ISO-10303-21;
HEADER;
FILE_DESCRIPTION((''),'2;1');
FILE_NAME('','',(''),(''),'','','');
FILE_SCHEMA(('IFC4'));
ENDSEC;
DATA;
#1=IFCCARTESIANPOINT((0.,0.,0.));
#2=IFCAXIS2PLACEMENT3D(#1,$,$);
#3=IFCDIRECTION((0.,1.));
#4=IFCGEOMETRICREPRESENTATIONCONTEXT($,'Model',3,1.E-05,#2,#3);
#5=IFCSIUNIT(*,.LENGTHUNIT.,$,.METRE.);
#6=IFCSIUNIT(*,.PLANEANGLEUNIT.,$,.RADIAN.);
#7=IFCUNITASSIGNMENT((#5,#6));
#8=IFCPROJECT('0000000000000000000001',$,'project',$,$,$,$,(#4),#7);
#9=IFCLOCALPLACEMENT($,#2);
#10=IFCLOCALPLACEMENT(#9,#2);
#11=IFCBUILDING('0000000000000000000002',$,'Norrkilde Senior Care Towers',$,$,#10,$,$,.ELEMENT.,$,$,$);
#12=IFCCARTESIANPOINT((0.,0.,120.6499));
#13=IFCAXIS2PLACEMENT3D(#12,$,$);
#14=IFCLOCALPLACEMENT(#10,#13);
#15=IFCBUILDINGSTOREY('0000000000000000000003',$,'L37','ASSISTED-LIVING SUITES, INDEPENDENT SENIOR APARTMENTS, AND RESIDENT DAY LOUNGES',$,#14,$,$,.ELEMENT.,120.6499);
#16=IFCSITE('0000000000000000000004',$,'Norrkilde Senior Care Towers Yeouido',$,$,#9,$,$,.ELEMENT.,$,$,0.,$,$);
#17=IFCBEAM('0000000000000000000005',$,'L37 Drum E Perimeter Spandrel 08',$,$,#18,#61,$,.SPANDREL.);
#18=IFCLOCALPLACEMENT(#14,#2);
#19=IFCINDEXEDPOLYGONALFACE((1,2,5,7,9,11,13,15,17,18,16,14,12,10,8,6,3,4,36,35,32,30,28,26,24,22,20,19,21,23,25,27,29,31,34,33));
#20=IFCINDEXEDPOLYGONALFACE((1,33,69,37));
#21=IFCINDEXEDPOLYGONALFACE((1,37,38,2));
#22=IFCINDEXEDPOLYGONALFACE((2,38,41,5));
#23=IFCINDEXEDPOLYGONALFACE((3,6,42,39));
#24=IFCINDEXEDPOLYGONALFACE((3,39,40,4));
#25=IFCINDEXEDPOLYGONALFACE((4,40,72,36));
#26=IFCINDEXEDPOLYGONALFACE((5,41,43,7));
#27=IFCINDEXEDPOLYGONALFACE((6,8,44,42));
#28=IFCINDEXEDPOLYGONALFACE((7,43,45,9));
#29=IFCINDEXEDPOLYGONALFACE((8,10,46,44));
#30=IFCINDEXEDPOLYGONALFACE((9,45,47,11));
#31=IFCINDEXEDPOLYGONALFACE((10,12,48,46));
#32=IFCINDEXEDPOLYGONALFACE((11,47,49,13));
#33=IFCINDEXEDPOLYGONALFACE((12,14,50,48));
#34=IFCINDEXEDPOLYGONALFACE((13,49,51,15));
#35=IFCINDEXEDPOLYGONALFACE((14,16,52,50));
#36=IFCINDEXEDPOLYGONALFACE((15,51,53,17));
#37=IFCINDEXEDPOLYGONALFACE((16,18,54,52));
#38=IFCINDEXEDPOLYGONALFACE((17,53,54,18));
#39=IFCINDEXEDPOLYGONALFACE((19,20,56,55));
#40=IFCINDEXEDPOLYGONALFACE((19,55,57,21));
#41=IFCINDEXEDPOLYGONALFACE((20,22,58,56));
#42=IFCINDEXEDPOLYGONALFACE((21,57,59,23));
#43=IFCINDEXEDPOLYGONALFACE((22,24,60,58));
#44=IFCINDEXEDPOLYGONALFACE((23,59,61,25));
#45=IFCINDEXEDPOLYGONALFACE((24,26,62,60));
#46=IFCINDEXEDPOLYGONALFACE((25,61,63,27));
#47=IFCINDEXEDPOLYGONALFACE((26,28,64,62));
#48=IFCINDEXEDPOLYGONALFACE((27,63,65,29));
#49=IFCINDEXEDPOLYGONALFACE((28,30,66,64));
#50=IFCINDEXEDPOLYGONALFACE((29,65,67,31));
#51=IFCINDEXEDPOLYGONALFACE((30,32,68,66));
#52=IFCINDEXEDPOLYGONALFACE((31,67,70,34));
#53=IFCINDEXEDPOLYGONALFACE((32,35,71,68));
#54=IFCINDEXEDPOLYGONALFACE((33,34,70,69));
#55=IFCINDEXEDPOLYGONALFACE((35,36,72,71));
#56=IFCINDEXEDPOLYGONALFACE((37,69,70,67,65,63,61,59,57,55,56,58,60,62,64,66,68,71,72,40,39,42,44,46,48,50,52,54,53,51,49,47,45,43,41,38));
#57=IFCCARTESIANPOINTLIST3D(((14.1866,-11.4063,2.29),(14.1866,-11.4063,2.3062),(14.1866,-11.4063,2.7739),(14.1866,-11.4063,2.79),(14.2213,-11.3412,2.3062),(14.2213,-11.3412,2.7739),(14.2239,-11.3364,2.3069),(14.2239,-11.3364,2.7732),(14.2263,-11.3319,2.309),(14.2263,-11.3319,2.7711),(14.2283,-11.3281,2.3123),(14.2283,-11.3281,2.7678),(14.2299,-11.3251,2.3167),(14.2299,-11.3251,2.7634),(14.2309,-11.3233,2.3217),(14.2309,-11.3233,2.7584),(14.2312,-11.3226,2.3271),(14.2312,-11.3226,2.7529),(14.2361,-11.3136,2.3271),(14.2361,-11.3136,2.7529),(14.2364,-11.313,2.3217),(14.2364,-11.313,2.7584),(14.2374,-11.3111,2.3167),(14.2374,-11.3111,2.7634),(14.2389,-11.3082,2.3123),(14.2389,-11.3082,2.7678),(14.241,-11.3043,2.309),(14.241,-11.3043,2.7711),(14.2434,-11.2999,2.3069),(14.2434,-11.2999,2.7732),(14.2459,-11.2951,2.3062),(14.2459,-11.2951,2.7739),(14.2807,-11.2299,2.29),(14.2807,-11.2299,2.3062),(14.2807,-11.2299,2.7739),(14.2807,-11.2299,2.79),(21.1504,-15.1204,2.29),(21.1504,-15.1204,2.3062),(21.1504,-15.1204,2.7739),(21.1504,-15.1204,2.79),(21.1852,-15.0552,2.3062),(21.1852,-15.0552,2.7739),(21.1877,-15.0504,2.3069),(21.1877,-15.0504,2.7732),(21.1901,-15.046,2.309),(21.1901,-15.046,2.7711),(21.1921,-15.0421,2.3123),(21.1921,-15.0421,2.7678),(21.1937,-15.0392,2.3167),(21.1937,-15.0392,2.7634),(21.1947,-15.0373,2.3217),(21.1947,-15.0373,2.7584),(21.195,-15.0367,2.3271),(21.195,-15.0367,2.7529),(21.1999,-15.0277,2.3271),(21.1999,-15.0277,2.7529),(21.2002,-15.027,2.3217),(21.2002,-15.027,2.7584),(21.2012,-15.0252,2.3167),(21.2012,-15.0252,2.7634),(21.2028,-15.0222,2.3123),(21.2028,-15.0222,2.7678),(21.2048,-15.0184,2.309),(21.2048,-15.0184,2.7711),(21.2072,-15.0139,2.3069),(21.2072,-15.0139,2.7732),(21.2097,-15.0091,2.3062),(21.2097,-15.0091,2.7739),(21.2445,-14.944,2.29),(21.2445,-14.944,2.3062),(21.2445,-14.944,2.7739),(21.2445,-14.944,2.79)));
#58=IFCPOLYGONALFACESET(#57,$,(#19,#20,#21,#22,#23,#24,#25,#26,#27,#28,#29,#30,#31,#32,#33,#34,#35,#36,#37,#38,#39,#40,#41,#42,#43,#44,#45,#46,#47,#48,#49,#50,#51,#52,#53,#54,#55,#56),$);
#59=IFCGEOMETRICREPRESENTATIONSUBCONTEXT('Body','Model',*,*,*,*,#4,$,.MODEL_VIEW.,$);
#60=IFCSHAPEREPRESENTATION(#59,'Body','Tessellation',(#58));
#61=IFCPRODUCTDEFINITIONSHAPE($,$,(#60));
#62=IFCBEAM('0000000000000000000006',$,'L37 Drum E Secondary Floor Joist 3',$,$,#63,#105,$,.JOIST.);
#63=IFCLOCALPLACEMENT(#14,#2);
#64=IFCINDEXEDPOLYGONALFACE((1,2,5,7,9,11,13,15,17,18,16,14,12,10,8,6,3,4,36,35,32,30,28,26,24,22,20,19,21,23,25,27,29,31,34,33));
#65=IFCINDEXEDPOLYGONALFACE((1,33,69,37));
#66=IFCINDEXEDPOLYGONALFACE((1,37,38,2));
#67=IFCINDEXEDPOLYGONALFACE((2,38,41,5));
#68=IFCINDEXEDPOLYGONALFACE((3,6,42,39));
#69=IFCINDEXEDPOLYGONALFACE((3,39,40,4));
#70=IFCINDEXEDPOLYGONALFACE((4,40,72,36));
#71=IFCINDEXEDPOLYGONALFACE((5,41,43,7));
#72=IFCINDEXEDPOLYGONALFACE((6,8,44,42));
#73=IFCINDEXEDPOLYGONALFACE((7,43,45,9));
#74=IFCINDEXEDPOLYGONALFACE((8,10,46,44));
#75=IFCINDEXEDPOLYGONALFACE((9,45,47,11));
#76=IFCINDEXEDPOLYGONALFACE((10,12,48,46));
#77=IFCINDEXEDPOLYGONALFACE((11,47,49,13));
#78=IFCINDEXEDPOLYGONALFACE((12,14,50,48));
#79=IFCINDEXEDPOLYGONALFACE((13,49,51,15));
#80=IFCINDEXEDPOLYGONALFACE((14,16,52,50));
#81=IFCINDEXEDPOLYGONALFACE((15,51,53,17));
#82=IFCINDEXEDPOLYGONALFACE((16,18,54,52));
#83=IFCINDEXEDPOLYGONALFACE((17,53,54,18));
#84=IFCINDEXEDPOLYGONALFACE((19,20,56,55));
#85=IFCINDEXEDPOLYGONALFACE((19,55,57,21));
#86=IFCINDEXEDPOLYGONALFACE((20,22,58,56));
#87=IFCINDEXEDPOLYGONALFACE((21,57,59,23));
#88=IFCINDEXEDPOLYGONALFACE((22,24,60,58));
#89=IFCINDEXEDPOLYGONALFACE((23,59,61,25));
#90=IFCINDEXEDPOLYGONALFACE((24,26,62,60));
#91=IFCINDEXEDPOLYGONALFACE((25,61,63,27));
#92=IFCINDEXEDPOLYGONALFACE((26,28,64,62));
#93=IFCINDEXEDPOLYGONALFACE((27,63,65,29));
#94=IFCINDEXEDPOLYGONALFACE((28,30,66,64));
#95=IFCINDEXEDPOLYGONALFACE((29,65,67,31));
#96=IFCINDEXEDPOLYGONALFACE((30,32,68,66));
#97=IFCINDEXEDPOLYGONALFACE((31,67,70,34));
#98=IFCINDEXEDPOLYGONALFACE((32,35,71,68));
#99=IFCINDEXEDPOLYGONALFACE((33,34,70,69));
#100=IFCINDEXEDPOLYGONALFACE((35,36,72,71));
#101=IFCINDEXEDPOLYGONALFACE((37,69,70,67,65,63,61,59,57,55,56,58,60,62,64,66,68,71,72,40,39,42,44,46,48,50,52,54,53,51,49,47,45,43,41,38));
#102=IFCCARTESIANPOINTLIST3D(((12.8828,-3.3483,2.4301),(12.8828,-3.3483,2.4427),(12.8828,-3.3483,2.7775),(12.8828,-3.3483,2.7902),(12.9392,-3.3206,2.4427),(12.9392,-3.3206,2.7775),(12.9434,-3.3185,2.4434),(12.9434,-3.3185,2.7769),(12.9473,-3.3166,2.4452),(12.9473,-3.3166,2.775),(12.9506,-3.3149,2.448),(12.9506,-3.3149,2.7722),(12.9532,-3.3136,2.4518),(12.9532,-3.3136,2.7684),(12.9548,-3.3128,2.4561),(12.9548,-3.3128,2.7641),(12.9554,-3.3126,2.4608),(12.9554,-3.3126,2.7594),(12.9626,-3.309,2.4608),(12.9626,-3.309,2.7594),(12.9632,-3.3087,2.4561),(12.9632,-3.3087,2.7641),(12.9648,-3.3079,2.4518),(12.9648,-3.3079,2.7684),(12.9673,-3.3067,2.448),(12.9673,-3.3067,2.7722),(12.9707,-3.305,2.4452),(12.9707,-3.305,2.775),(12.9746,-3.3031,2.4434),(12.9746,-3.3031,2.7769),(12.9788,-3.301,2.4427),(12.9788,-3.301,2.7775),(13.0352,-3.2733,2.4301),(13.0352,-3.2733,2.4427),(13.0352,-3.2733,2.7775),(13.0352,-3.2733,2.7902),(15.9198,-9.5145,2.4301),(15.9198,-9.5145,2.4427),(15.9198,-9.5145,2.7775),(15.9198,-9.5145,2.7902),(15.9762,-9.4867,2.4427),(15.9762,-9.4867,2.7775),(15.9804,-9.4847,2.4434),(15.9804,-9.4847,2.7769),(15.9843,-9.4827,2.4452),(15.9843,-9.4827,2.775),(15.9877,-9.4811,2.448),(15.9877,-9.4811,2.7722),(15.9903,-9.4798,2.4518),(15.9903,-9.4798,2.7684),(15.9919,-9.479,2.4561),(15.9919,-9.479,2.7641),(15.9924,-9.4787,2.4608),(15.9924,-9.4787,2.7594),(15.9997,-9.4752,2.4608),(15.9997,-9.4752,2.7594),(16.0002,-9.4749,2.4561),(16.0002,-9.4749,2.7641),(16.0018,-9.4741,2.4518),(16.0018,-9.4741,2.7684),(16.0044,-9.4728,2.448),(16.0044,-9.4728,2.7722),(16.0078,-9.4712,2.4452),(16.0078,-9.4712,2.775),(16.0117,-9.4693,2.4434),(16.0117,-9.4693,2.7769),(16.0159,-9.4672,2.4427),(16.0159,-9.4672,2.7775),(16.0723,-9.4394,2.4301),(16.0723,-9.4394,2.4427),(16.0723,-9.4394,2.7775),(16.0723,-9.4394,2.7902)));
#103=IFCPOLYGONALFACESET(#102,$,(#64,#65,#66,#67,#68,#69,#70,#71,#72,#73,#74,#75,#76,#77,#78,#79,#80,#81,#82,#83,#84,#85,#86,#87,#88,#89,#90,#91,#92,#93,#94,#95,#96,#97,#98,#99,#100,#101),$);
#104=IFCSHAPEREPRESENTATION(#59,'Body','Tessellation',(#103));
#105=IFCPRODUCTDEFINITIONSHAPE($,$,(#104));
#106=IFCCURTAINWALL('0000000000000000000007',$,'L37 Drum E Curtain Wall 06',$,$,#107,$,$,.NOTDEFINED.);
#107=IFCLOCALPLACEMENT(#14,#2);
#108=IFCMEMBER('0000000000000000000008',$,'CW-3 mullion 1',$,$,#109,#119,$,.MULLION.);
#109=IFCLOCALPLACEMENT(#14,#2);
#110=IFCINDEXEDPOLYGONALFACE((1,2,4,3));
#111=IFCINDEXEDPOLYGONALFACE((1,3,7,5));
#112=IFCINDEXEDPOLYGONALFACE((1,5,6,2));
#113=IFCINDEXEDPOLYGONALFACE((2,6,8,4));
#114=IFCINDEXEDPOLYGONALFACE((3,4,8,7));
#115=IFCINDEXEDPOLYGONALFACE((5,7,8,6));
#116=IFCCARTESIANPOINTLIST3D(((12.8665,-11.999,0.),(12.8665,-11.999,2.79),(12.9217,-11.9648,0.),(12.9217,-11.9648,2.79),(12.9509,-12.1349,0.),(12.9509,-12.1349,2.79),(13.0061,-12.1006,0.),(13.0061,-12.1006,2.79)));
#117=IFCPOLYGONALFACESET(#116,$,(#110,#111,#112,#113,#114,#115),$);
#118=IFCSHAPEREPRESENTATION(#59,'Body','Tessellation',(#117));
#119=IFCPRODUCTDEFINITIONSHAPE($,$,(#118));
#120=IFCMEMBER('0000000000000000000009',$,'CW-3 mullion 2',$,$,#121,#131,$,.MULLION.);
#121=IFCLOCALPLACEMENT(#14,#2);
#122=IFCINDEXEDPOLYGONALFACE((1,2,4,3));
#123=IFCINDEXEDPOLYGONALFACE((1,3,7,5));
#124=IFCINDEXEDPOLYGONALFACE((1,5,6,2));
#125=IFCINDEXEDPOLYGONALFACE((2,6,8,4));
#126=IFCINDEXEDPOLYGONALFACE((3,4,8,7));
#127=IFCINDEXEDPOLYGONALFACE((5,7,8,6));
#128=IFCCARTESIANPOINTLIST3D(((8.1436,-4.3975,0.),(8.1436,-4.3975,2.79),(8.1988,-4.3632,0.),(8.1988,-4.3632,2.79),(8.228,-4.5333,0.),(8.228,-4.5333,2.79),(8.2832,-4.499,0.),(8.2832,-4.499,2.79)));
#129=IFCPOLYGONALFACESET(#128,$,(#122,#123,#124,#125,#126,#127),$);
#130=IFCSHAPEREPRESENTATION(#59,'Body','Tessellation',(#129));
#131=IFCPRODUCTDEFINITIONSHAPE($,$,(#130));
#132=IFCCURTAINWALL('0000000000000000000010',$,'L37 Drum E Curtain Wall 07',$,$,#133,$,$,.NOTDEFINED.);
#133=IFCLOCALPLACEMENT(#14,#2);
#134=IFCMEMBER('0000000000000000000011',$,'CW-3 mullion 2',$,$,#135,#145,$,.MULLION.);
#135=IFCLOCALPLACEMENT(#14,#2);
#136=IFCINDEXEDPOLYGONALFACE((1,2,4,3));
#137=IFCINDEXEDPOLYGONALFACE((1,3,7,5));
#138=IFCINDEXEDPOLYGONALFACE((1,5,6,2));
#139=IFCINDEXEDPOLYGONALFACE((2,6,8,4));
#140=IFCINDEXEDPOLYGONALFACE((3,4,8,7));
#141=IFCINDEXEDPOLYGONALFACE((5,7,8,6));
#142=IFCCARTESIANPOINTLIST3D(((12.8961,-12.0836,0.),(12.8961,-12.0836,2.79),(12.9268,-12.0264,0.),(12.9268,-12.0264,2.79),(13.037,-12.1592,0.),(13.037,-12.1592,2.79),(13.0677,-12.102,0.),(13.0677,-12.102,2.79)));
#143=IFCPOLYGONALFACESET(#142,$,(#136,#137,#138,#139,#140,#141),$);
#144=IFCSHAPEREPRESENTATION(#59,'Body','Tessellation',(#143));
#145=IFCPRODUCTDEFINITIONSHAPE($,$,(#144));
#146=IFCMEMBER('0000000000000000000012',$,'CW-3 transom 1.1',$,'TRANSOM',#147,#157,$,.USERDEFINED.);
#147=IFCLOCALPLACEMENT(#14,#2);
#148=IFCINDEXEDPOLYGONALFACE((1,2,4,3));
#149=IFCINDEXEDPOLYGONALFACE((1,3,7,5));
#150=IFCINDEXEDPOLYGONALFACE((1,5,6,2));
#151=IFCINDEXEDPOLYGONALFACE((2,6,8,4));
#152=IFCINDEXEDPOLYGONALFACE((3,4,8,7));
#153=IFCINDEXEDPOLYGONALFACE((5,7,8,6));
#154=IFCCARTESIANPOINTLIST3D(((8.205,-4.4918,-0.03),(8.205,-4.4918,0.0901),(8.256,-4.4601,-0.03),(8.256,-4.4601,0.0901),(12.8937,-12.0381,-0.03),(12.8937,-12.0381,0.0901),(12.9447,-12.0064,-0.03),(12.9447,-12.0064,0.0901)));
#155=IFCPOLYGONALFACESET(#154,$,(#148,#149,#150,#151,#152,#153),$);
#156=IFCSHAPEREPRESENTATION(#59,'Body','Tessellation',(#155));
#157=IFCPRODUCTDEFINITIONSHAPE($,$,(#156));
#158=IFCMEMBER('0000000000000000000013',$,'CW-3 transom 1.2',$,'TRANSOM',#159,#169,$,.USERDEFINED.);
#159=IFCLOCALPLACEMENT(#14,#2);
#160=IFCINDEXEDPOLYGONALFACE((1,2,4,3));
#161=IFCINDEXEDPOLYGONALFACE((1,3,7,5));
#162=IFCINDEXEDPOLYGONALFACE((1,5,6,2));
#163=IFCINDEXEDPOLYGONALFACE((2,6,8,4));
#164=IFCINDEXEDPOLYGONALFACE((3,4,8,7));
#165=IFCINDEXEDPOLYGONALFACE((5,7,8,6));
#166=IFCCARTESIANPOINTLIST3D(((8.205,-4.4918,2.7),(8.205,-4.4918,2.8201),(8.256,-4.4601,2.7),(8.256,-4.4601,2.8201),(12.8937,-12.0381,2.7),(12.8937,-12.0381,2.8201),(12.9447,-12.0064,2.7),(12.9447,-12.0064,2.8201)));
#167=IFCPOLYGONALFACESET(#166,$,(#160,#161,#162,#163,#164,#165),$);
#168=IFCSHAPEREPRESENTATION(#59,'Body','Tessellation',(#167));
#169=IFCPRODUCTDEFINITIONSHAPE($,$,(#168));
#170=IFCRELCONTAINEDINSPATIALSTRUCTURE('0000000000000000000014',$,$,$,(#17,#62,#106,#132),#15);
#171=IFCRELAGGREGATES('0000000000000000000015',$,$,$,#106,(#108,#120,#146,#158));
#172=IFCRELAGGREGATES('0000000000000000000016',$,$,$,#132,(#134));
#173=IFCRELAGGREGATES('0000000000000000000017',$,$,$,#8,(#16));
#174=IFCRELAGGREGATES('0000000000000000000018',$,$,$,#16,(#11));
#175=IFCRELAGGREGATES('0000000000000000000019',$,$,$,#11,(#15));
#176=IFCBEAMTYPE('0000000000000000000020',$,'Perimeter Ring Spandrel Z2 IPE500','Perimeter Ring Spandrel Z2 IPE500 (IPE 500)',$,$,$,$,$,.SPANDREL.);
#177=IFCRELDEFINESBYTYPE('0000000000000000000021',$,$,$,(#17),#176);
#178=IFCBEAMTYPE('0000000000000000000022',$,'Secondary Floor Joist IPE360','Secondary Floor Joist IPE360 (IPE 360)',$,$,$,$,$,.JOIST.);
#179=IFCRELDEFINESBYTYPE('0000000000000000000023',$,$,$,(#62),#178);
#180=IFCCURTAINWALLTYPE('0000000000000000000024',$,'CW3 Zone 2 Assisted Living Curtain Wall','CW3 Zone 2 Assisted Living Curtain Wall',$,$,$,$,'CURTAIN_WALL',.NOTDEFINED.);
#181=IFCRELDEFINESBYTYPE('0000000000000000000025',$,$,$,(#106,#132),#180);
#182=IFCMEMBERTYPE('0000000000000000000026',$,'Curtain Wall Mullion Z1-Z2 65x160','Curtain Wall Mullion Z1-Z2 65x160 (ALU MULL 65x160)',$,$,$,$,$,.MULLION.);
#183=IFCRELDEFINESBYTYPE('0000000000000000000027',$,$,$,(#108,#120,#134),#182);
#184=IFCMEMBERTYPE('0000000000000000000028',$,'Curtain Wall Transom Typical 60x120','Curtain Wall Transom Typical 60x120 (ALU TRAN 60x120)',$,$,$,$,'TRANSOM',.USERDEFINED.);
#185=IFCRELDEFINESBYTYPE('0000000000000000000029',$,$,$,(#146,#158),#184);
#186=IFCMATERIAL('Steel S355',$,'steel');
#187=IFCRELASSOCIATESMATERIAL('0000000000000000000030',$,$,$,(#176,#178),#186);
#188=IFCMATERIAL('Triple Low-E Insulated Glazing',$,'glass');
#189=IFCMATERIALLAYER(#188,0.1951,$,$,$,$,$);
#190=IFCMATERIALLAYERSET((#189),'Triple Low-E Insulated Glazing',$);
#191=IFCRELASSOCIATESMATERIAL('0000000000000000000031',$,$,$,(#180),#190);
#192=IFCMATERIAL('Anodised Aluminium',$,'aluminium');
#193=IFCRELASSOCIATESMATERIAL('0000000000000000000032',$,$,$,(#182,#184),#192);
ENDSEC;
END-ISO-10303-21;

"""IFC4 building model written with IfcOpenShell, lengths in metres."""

from ifc_helpers import new_model, si_unit, direction, frame, origin, origin_2d, place, context, subcontext, project, spatial, rectangle, i_section, extrude, source, transform, mapped, material, layer, layer_set, material_profile, profile_set, type_object, type_shapes, element, aggregate, save


model = new_model("IFC4")

# Units and contexts
model_context = context("Model", 3, precision=1e-05, world=origin(), true_north=direction((0.0, 1.0)))
body_context = subcontext(model_context, "Body", "Model", "MODEL_VIEW")
ifc_project = project(units=[si_unit("LENGTHUNIT", "METRE"), si_unit("PLANEANGLEUNIT", "RADIAN")], contexts=[model_context])

# Site, building, storey
site_placement = place(None, origin())
site = spatial("IfcSite", under=ifc_project, at=site_placement, Name="Norrkilde Senior Care Towers Yeouido", CompositionType="ELEMENT", RefElevation=0.0)
building_placement = place(site_placement, origin())
building = spatial("IfcBuilding", under=site, at=building_placement, Name="Norrkilde Senior Care Towers", CompositionType="ELEMENT")
storey_placement = place(building_placement, frame((0.0, 0.0, 120.6499)))
storey = spatial("IfcBuildingStorey", under=building, at=storey_placement, Name="L37", Description="ASSISTED-LIVING SUITES, INDEPENDENT SENIOR APARTMENTS, AND RESIDENT DAY LOUNGES", CompositionType="ELEMENT", Elevation=120.6499)

# Beams
ifc_material_1 = material(Name="Steel S355", Category="steel")
ifc_material_profile_1 = material_profile(ifc_material_1, i_section(OverallWidth=0.2, OverallDepth=0.5, WebThickness=0.0103, FlangeThickness=0.0161, FilletRadius=0.021, at=origin_2d()), Name="IPE 500")
ifc_profile_set_1 = profile_set([ifc_material_profile_1], Name="Steel S355")
beam_type_1 = type_object("IfcBeamType", Name="Perimeter Ring Spandrel Z2 IPE500", Description="Perimeter Ring Spandrel Z2 IPE500 (IPE 500)", PredefinedType="SPANDREL", material=ifc_profile_set_1)
shared_shape_1 = source(origin(), body_context, "Body", "SweptSolid", [
    extrude(i_section(OverallWidth=0.2, OverallDepth=0.5, WebThickness=0.0103, FlangeThickness=0.0161, FilletRadius=0.021, at=origin_2d()), origin(), (0.0, 0.0, 1.0), 7.8923),
])
beam_1_placement = place(storey_placement, frame((14.2336, -11.3181, 2.54), z_axis=(0.88235, -0.470593, 0.0), x_axis=(0.470593, 0.88235, 0.0)))
element("IfcBeam", 1, at=beam_1_placement, inside=storey, type_object=beam_type_1, Name="L37 Drum E Perimeter Spandrel 08", PredefinedType="SPANDREL", context=body_context, shape_type="MappedRepresentation", body=[
    mapped(shared_shape_1, transform((0.0, 0.0, 0.0), x_axis=(1.0, 0.0, 0.0), y_axis=(0.0, 1.0, 0.0), z_axis=(0.0, 0.0, 1.0), scale=1.0)),
])
ifc_material_profile_2 = material_profile(ifc_material_1, i_section(OverallWidth=0.1699, OverallDepth=0.3601, WebThickness=0.0081, FlangeThickness=0.0127, FilletRadius=0.0181, at=origin_2d()), Name="IPE 360")
ifc_profile_set_2 = profile_set([ifc_material_profile_2], Name="Steel S355")
beam_type_2 = type_object("IfcBeamType", Name="Secondary Floor Joist IPE360", Description="Secondary Floor Joist IPE360 (IPE 360)", PredefinedType="JOIST", material=ifc_profile_set_2)
shared_shape_2 = source(origin(), body_context, "Body", "SweptSolid", [
    extrude(i_section(OverallWidth=0.1699, OverallDepth=0.3601, WebThickness=0.0081, FlangeThickness=0.0127, FilletRadius=0.0181, at=origin_2d()), origin(), (0.0, 0.0, 1.0), 6.8735),
])
type_shapes(beam_type_2, [shared_shape_2])
beam_2_placement = place(storey_placement, frame((12.959, -3.3108, 2.6101), z_axis=(0.441849, -0.897089, 0.0), x_axis=(0.897089, 0.441849, 0.0)))
element("IfcBeam", 2, at=beam_2_placement, inside=storey, type_object=beam_type_2, Name="L37 Drum E Secondary Floor Joist 3", PredefinedType="JOIST", context=body_context, shape_type="MappedRepresentation", body=[
    mapped(shared_shape_2, transform((0.0, 0.0, 0.0), x_axis=(1.0, 0.0, 0.0), y_axis=(0.0, 1.0, 0.0), z_axis=(0.0, 0.0, 1.0), scale=1.0)),
])

# Curtain wall, members
ifc_material_2 = material(Name="Triple Low-E Insulated Glazing", Category="glass")
ifc_layer_1 = layer(ifc_material_2, 0.1951)
ifc_layer_set_1 = layer_set([ifc_layer_1], Name="Triple Low-E Insulated Glazing")
curtain_wall_type = type_object("IfcCurtainWallType", Name="CW3 Zone 2 Assisted Living Curtain Wall", Description="CW3 Zone 2 Assisted Living Curtain Wall", ElementType="CURTAIN_WALL", PredefinedType="NOTDEFINED", material=ifc_layer_set_1)
curtain_wall_1_placement = place(storey_placement, origin())
curtain_wall_1 = element("IfcCurtainWall", 3, at=curtain_wall_1_placement, inside=storey, type_object=curtain_wall_type, Name="L37 Drum E Curtain Wall 06", PredefinedType="NOTDEFINED")
ifc_material_3 = material(Name="Anodised Aluminium", Category="aluminium")
ifc_material_profile_3 = material_profile(ifc_material_3, rectangle(XDim=0.0649, YDim=0.1599, at=origin_2d()), Name="ALU MULL 65x160")
ifc_profile_set_3 = profile_set([ifc_material_profile_3], Name="Anodised Aluminium")
member_type_1 = type_object("IfcMemberType", Name="Curtain Wall Mullion Z1-Z2 65x160", Description="Curtain Wall Mullion Z1-Z2 65x160 (ALU MULL 65x160)", PredefinedType="MULLION", material=ifc_profile_set_3)
shared_shape_3 = source(origin(), body_context, "Body", "SweptSolid", [
    extrude(rectangle(XDim=0.0649, YDim=0.1599, at=origin_2d()), origin(), (0.0, 0.0, 1.0), 2.79),
])
type_shapes(member_type_1, [shared_shape_3])
member_1_placement = place(storey_placement, frame((12.9363, -12.0498, 0.0), z_axis=(0.0, 0.0, 1.0), x_axis=(-0.84941, -0.527733, 0.0)))
member_1 = element("IfcMember", 4, at=member_1_placement, type_object=member_type_1, Name="CW-3 mullion 1", PredefinedType="MULLION", context=body_context, shape_type="MappedRepresentation", body=[
    mapped(shared_shape_3, transform((0.0, 0.0, 0.0), x_axis=(1.0, 0.0, 0.0), y_axis=(0.0, 1.0, 0.0), z_axis=(0.0, 0.0, 1.0), scale=1.0)),
])
member_2_placement = place(storey_placement, frame((8.2134, -4.4482, 0.0), z_axis=(0.0, 0.0, 1.0), x_axis=(-0.84941, -0.527733, 0.0)))
member_2 = element("IfcMember", 5, at=member_2_placement, type_object=member_type_1, Name="CW-3 mullion 2", PredefinedType="MULLION", context=body_context, shape_type="MappedRepresentation", body=[
    mapped(shared_shape_3, transform((0.0, 0.0, 0.0), x_axis=(1.0, 0.0, 0.0), y_axis=(0.0, 1.0, 0.0), z_axis=(0.0, 0.0, 1.0), scale=1.0)),
])

# Curtain wall, member
curtain_wall_2_placement = place(storey_placement, origin())
curtain_wall_2 = element("IfcCurtainWall", 6, at=curtain_wall_2_placement, inside=storey, type_object=curtain_wall_type, Name="L37 Drum E Curtain Wall 07", PredefinedType="NOTDEFINED")
member_3_placement = place(storey_placement, frame((12.9819, -12.0928, 0.0), z_axis=(0.0, 0.0, 1.0), x_axis=(-0.472769, -0.881186, 0.0)))
member_3 = element("IfcMember", 7, at=member_3_placement, type_object=member_type_1, Name="CW-3 mullion 2", PredefinedType="MULLION", context=body_context, shape_type="MappedRepresentation", body=[
    mapped(shared_shape_3, transform((0.0, 0.0, 0.0), x_axis=(1.0, 0.0, 0.0), y_axis=(0.0, 1.0, 0.0), z_axis=(0.0, 0.0, 1.0), scale=1.0)),
])

# Members
ifc_material_profile_4 = material_profile(ifc_material_3, rectangle(XDim=0.0601, YDim=0.1201, at=origin_2d()), Name="ALU TRAN 60x120")
ifc_profile_set_4 = profile_set([ifc_material_profile_4], Name="Anodised Aluminium")
member_type_2 = type_object("IfcMemberType", Name="Curtain Wall Transom Typical 60x120", Description="Curtain Wall Transom Typical 60x120 (ALU TRAN 60x120)", ElementType="TRANSOM", PredefinedType="USERDEFINED", material=ifc_profile_set_4)
shared_shape_4 = source(origin(), body_context, "Body", "SweptSolid", [
    extrude(rectangle(XDim=0.0601, YDim=0.1201, at=origin_2d()), origin(), (0.0, 0.0, 1.0), 8.8843),
])
type_shapes(member_type_2, [shared_shape_4])
member_4_placement = place(storey_placement, frame((12.9192, -12.0222, 0.03), z_axis=(-0.527749, 0.8494, 0.0), x_axis=(-0.8494, -0.527749, 0.0)))
member_4 = element("IfcMember", 8, at=member_4_placement, type_object=member_type_2, Name="CW-3 transom 1.1", ObjectType="TRANSOM", PredefinedType="USERDEFINED", context=body_context, shape_type="MappedRepresentation", body=[
    mapped(shared_shape_4, transform((0.0, 0.0, 0.0), x_axis=(1.0, 0.0, 0.0), y_axis=(0.0, 1.0, 0.0), z_axis=(0.0, 0.0, 1.0), scale=1.0)),
])
member_5_placement = place(storey_placement, frame((12.9192, -12.0222, 2.76), z_axis=(-0.527749, 0.8494, 0.0), x_axis=(-0.8494, -0.527749, 0.0)))
member_5 = element("IfcMember", 9, at=member_5_placement, type_object=member_type_2, Name="CW-3 transom 1.2", ObjectType="TRANSOM", PredefinedType="USERDEFINED", context=body_context, shape_type="MappedRepresentation", body=[
    mapped(shared_shape_4, transform((0.0, 0.0, 0.0), x_axis=(1.0, 0.0, 0.0), y_axis=(0.0, 1.0, 0.0), z_axis=(0.0, 0.0, 1.0), scale=1.0)),
])

aggregate(curtain_wall_1, [member_1, member_2, member_4, member_5])
aggregate(curtain_wall_2, [member_3])

save(model, "model.ifc")
